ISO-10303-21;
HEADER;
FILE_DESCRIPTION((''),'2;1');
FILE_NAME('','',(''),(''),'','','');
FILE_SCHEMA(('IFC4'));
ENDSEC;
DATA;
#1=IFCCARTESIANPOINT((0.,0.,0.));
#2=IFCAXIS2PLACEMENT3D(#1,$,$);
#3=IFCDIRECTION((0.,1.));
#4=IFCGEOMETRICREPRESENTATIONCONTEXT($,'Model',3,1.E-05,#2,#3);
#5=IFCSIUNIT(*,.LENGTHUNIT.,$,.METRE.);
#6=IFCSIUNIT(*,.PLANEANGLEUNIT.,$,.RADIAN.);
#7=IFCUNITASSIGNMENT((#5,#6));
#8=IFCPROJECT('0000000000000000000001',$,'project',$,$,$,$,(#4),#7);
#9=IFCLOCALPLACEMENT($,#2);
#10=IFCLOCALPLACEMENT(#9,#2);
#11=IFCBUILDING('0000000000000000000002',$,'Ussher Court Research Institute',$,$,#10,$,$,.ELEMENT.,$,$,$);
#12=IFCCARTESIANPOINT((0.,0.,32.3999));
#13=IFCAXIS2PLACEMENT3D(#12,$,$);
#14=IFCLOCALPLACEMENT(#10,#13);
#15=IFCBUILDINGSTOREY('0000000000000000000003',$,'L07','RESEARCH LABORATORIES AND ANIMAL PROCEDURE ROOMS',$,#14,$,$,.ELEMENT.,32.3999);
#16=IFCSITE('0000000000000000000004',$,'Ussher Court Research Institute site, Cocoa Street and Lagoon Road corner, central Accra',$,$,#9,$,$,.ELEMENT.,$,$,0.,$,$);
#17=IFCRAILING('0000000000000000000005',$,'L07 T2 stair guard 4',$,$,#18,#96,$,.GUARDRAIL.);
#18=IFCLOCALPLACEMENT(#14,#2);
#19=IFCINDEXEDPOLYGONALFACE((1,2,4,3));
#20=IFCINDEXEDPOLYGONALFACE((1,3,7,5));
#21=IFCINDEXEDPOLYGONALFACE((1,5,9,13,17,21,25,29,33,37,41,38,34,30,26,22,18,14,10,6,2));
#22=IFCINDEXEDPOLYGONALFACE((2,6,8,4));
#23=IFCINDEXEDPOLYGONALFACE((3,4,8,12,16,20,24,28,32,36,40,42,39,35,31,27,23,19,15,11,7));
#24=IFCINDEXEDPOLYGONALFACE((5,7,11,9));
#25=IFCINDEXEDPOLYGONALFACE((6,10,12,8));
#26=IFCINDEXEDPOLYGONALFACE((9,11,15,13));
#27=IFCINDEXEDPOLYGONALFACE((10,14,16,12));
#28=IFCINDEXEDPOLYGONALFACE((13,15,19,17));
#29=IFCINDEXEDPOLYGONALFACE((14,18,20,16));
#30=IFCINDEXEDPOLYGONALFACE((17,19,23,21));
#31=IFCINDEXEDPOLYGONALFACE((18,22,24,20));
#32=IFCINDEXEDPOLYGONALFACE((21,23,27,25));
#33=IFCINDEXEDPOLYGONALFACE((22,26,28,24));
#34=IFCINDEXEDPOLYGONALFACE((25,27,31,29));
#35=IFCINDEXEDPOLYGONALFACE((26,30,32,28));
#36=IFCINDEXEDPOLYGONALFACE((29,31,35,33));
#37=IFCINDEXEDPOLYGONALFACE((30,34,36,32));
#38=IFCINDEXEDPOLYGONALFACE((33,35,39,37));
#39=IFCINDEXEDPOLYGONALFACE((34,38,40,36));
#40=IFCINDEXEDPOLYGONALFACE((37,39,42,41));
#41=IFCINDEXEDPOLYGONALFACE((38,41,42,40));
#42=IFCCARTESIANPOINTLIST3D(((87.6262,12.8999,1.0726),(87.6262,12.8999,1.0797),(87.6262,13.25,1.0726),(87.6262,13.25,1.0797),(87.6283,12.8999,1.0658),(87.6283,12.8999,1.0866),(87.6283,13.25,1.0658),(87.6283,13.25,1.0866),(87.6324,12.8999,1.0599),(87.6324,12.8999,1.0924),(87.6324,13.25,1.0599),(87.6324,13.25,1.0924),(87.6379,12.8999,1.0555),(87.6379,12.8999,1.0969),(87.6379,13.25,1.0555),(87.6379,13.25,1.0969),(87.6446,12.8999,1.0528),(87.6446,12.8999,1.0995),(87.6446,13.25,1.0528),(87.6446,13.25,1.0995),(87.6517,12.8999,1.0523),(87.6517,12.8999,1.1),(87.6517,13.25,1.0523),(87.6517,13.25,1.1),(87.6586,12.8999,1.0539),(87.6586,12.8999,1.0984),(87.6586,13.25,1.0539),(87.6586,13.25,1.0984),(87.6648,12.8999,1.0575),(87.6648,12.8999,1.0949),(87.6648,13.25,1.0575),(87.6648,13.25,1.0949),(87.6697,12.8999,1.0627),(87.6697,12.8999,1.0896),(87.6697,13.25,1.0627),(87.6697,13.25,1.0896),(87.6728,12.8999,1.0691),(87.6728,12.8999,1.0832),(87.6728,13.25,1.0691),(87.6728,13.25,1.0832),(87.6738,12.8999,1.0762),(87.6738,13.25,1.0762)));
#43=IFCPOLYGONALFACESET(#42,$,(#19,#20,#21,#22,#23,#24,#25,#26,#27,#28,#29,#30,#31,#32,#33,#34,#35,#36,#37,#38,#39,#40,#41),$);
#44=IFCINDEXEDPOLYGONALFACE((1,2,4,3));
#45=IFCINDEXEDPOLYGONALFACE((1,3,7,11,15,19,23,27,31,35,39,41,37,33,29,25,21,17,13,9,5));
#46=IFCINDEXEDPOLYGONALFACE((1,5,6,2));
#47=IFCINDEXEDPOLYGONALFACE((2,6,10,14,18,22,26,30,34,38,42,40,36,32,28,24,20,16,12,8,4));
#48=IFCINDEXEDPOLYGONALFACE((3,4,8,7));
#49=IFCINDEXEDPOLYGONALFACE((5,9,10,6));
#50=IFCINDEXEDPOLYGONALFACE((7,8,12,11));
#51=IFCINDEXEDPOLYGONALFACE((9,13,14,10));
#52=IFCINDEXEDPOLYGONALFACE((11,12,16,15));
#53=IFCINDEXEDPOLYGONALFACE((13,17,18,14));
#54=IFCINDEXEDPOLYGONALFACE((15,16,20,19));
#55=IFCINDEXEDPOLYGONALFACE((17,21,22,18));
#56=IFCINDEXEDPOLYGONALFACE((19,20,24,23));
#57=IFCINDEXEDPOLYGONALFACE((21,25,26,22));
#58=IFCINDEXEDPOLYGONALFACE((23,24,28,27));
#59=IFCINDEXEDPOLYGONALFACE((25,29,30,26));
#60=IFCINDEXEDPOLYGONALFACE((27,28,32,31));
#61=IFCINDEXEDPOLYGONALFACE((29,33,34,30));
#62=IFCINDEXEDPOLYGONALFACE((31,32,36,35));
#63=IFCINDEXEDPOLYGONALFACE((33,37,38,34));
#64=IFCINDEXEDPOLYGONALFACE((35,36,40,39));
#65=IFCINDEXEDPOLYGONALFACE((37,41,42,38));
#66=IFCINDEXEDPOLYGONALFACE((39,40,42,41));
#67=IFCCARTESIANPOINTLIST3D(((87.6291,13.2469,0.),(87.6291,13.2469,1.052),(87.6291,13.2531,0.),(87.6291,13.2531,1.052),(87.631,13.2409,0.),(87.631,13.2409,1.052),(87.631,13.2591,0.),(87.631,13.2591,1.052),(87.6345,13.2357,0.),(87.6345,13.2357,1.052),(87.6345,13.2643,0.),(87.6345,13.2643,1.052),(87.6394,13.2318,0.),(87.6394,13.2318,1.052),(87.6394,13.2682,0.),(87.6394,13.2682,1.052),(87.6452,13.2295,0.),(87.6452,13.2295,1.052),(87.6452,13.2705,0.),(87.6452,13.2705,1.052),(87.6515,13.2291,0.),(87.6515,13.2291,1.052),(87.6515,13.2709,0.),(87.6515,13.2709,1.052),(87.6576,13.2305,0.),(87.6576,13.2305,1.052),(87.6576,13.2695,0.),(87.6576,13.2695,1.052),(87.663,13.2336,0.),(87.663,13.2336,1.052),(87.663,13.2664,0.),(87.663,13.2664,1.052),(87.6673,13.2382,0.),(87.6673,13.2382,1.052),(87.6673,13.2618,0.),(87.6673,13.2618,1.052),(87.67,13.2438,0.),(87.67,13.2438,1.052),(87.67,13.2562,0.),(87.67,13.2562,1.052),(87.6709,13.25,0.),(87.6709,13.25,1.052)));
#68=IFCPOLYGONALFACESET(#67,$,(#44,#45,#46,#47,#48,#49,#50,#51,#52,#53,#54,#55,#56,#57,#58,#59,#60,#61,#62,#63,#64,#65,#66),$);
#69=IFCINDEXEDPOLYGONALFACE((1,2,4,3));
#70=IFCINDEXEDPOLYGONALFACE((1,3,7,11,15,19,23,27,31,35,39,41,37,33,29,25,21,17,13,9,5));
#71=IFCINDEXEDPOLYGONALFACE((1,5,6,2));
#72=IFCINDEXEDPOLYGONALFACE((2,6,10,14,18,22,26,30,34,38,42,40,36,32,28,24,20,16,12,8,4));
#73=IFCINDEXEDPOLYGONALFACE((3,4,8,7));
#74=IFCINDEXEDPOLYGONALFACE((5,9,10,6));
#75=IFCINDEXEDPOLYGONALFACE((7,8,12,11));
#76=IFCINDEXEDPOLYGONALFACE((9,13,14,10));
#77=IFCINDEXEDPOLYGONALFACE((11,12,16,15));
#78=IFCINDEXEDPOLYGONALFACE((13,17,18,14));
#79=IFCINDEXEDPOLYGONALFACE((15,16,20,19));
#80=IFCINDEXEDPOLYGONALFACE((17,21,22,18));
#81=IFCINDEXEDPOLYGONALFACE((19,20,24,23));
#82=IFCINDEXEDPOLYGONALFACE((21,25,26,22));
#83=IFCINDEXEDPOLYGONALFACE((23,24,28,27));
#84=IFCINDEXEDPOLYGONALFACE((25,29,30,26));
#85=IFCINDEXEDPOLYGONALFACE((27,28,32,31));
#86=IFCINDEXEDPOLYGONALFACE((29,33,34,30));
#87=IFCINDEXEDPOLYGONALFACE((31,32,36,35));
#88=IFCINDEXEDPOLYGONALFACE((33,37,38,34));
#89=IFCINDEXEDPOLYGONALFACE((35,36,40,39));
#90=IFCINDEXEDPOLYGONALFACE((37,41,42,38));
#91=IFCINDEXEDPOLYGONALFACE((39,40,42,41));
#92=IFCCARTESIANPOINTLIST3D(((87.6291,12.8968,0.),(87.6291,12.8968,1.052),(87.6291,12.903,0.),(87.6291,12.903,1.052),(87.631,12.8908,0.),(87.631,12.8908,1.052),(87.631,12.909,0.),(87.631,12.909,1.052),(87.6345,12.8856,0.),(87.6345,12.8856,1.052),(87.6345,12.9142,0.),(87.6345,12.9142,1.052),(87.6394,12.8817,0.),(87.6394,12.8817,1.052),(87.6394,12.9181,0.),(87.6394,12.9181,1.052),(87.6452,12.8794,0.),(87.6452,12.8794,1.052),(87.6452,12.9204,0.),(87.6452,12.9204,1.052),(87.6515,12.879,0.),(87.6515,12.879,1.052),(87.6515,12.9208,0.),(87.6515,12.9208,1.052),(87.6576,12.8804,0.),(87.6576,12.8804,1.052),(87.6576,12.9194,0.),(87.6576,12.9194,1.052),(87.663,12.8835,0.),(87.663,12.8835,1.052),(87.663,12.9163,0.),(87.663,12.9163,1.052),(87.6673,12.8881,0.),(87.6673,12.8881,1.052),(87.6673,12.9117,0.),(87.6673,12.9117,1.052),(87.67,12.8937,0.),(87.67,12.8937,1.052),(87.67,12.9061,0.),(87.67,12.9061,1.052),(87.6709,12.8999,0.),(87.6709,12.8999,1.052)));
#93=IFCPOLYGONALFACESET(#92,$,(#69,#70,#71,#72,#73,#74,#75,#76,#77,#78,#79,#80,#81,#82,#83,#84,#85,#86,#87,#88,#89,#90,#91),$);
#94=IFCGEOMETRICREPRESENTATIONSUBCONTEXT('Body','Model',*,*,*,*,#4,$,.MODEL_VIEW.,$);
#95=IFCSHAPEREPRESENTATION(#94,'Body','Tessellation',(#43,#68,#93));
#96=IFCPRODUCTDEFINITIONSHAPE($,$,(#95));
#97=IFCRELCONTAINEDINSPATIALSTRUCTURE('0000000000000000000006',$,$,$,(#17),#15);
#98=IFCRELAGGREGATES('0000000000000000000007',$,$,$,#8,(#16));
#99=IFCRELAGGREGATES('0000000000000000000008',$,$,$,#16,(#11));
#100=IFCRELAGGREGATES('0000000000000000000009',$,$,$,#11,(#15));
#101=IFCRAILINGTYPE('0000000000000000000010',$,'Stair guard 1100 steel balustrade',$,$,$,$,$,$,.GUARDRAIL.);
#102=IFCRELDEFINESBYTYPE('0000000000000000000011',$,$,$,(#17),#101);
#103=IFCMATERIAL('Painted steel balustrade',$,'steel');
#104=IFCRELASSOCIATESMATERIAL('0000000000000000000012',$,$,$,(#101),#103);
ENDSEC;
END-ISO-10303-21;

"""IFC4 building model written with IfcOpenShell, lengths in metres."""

from ifc_helpers import new_model, si_unit, direction, frame, origin, origin_2d, place, context, subcontext, project, spatial, circle, extrude, material, type_object, element, save


model = new_model("IFC4")

# Units and contexts
model_context = context("Model", 3, precision=1e-05, world=origin(), true_north=direction((0.0, 1.0)))
body_context = subcontext(model_context, "Body", "Model", "MODEL_VIEW")
ifc_project = project(units=[si_unit("LENGTHUNIT", "METRE"), si_unit("PLANEANGLEUNIT", "RADIAN")], contexts=[model_context])

# Site, building, storey
site_placement = place(None, origin())
site = spatial("IfcSite", under=ifc_project, at=site_placement, Name="Ussher Court Research Institute site, Cocoa Street and Lagoon Road corner, central Accra", CompositionType="ELEMENT", RefElevation=0.0)
building_placement = place(site_placement, origin())
building = spatial("IfcBuilding", under=site, at=building_placement, Name="Ussher Court Research Institute", CompositionType="ELEMENT")
storey_placement = place(building_placement, frame((0.0, 0.0, 32.3999)))
storey = spatial("IfcBuildingStorey", under=building, at=storey_placement, Name="L07", Description="RESEARCH LABORATORIES AND ANIMAL PROCEDURE ROOMS", CompositionType="ELEMENT", Elevation=32.3999)

# Railing
ifc_material_1 = material(Name="Painted steel balustrade", Category="steel")
railing_type_1 = type_object("IfcRailingType", Name="Stair guard 1100 steel balustrade", PredefinedType="GUARDRAIL", material=ifc_material_1)
railing_1_placement = place(storey_placement, frame((87.6499, 13.25, 0.0)))
element("IfcRailing", 1, at=railing_1_placement, inside=storey, type_object=railing_type_1, Name="L07 T2 stair guard 4", PredefinedType="GUARDRAIL", context=body_context, shape_type="SweptSolid", body=[
    extrude(circle(Radius=0.0239, at=origin_2d()), frame((0.0, 0.0, 1.0762), z_axis=(0.0, -1.0, 0.0), x_axis=(1.0, 0.0, 0.0)), (0.0, 0.0, 1.0), 0.3501),
    extrude(circle(Radius=0.021, at=origin_2d()), origin(), (0.0, 0.0, 1.0), 1.052),
    extrude(circle(Radius=0.021, at=origin_2d()), frame((0.0, -0.3501, 0.0)), (0.0, 0.0, 1.0), 1.052),
])

save(model, "model.ifc")
